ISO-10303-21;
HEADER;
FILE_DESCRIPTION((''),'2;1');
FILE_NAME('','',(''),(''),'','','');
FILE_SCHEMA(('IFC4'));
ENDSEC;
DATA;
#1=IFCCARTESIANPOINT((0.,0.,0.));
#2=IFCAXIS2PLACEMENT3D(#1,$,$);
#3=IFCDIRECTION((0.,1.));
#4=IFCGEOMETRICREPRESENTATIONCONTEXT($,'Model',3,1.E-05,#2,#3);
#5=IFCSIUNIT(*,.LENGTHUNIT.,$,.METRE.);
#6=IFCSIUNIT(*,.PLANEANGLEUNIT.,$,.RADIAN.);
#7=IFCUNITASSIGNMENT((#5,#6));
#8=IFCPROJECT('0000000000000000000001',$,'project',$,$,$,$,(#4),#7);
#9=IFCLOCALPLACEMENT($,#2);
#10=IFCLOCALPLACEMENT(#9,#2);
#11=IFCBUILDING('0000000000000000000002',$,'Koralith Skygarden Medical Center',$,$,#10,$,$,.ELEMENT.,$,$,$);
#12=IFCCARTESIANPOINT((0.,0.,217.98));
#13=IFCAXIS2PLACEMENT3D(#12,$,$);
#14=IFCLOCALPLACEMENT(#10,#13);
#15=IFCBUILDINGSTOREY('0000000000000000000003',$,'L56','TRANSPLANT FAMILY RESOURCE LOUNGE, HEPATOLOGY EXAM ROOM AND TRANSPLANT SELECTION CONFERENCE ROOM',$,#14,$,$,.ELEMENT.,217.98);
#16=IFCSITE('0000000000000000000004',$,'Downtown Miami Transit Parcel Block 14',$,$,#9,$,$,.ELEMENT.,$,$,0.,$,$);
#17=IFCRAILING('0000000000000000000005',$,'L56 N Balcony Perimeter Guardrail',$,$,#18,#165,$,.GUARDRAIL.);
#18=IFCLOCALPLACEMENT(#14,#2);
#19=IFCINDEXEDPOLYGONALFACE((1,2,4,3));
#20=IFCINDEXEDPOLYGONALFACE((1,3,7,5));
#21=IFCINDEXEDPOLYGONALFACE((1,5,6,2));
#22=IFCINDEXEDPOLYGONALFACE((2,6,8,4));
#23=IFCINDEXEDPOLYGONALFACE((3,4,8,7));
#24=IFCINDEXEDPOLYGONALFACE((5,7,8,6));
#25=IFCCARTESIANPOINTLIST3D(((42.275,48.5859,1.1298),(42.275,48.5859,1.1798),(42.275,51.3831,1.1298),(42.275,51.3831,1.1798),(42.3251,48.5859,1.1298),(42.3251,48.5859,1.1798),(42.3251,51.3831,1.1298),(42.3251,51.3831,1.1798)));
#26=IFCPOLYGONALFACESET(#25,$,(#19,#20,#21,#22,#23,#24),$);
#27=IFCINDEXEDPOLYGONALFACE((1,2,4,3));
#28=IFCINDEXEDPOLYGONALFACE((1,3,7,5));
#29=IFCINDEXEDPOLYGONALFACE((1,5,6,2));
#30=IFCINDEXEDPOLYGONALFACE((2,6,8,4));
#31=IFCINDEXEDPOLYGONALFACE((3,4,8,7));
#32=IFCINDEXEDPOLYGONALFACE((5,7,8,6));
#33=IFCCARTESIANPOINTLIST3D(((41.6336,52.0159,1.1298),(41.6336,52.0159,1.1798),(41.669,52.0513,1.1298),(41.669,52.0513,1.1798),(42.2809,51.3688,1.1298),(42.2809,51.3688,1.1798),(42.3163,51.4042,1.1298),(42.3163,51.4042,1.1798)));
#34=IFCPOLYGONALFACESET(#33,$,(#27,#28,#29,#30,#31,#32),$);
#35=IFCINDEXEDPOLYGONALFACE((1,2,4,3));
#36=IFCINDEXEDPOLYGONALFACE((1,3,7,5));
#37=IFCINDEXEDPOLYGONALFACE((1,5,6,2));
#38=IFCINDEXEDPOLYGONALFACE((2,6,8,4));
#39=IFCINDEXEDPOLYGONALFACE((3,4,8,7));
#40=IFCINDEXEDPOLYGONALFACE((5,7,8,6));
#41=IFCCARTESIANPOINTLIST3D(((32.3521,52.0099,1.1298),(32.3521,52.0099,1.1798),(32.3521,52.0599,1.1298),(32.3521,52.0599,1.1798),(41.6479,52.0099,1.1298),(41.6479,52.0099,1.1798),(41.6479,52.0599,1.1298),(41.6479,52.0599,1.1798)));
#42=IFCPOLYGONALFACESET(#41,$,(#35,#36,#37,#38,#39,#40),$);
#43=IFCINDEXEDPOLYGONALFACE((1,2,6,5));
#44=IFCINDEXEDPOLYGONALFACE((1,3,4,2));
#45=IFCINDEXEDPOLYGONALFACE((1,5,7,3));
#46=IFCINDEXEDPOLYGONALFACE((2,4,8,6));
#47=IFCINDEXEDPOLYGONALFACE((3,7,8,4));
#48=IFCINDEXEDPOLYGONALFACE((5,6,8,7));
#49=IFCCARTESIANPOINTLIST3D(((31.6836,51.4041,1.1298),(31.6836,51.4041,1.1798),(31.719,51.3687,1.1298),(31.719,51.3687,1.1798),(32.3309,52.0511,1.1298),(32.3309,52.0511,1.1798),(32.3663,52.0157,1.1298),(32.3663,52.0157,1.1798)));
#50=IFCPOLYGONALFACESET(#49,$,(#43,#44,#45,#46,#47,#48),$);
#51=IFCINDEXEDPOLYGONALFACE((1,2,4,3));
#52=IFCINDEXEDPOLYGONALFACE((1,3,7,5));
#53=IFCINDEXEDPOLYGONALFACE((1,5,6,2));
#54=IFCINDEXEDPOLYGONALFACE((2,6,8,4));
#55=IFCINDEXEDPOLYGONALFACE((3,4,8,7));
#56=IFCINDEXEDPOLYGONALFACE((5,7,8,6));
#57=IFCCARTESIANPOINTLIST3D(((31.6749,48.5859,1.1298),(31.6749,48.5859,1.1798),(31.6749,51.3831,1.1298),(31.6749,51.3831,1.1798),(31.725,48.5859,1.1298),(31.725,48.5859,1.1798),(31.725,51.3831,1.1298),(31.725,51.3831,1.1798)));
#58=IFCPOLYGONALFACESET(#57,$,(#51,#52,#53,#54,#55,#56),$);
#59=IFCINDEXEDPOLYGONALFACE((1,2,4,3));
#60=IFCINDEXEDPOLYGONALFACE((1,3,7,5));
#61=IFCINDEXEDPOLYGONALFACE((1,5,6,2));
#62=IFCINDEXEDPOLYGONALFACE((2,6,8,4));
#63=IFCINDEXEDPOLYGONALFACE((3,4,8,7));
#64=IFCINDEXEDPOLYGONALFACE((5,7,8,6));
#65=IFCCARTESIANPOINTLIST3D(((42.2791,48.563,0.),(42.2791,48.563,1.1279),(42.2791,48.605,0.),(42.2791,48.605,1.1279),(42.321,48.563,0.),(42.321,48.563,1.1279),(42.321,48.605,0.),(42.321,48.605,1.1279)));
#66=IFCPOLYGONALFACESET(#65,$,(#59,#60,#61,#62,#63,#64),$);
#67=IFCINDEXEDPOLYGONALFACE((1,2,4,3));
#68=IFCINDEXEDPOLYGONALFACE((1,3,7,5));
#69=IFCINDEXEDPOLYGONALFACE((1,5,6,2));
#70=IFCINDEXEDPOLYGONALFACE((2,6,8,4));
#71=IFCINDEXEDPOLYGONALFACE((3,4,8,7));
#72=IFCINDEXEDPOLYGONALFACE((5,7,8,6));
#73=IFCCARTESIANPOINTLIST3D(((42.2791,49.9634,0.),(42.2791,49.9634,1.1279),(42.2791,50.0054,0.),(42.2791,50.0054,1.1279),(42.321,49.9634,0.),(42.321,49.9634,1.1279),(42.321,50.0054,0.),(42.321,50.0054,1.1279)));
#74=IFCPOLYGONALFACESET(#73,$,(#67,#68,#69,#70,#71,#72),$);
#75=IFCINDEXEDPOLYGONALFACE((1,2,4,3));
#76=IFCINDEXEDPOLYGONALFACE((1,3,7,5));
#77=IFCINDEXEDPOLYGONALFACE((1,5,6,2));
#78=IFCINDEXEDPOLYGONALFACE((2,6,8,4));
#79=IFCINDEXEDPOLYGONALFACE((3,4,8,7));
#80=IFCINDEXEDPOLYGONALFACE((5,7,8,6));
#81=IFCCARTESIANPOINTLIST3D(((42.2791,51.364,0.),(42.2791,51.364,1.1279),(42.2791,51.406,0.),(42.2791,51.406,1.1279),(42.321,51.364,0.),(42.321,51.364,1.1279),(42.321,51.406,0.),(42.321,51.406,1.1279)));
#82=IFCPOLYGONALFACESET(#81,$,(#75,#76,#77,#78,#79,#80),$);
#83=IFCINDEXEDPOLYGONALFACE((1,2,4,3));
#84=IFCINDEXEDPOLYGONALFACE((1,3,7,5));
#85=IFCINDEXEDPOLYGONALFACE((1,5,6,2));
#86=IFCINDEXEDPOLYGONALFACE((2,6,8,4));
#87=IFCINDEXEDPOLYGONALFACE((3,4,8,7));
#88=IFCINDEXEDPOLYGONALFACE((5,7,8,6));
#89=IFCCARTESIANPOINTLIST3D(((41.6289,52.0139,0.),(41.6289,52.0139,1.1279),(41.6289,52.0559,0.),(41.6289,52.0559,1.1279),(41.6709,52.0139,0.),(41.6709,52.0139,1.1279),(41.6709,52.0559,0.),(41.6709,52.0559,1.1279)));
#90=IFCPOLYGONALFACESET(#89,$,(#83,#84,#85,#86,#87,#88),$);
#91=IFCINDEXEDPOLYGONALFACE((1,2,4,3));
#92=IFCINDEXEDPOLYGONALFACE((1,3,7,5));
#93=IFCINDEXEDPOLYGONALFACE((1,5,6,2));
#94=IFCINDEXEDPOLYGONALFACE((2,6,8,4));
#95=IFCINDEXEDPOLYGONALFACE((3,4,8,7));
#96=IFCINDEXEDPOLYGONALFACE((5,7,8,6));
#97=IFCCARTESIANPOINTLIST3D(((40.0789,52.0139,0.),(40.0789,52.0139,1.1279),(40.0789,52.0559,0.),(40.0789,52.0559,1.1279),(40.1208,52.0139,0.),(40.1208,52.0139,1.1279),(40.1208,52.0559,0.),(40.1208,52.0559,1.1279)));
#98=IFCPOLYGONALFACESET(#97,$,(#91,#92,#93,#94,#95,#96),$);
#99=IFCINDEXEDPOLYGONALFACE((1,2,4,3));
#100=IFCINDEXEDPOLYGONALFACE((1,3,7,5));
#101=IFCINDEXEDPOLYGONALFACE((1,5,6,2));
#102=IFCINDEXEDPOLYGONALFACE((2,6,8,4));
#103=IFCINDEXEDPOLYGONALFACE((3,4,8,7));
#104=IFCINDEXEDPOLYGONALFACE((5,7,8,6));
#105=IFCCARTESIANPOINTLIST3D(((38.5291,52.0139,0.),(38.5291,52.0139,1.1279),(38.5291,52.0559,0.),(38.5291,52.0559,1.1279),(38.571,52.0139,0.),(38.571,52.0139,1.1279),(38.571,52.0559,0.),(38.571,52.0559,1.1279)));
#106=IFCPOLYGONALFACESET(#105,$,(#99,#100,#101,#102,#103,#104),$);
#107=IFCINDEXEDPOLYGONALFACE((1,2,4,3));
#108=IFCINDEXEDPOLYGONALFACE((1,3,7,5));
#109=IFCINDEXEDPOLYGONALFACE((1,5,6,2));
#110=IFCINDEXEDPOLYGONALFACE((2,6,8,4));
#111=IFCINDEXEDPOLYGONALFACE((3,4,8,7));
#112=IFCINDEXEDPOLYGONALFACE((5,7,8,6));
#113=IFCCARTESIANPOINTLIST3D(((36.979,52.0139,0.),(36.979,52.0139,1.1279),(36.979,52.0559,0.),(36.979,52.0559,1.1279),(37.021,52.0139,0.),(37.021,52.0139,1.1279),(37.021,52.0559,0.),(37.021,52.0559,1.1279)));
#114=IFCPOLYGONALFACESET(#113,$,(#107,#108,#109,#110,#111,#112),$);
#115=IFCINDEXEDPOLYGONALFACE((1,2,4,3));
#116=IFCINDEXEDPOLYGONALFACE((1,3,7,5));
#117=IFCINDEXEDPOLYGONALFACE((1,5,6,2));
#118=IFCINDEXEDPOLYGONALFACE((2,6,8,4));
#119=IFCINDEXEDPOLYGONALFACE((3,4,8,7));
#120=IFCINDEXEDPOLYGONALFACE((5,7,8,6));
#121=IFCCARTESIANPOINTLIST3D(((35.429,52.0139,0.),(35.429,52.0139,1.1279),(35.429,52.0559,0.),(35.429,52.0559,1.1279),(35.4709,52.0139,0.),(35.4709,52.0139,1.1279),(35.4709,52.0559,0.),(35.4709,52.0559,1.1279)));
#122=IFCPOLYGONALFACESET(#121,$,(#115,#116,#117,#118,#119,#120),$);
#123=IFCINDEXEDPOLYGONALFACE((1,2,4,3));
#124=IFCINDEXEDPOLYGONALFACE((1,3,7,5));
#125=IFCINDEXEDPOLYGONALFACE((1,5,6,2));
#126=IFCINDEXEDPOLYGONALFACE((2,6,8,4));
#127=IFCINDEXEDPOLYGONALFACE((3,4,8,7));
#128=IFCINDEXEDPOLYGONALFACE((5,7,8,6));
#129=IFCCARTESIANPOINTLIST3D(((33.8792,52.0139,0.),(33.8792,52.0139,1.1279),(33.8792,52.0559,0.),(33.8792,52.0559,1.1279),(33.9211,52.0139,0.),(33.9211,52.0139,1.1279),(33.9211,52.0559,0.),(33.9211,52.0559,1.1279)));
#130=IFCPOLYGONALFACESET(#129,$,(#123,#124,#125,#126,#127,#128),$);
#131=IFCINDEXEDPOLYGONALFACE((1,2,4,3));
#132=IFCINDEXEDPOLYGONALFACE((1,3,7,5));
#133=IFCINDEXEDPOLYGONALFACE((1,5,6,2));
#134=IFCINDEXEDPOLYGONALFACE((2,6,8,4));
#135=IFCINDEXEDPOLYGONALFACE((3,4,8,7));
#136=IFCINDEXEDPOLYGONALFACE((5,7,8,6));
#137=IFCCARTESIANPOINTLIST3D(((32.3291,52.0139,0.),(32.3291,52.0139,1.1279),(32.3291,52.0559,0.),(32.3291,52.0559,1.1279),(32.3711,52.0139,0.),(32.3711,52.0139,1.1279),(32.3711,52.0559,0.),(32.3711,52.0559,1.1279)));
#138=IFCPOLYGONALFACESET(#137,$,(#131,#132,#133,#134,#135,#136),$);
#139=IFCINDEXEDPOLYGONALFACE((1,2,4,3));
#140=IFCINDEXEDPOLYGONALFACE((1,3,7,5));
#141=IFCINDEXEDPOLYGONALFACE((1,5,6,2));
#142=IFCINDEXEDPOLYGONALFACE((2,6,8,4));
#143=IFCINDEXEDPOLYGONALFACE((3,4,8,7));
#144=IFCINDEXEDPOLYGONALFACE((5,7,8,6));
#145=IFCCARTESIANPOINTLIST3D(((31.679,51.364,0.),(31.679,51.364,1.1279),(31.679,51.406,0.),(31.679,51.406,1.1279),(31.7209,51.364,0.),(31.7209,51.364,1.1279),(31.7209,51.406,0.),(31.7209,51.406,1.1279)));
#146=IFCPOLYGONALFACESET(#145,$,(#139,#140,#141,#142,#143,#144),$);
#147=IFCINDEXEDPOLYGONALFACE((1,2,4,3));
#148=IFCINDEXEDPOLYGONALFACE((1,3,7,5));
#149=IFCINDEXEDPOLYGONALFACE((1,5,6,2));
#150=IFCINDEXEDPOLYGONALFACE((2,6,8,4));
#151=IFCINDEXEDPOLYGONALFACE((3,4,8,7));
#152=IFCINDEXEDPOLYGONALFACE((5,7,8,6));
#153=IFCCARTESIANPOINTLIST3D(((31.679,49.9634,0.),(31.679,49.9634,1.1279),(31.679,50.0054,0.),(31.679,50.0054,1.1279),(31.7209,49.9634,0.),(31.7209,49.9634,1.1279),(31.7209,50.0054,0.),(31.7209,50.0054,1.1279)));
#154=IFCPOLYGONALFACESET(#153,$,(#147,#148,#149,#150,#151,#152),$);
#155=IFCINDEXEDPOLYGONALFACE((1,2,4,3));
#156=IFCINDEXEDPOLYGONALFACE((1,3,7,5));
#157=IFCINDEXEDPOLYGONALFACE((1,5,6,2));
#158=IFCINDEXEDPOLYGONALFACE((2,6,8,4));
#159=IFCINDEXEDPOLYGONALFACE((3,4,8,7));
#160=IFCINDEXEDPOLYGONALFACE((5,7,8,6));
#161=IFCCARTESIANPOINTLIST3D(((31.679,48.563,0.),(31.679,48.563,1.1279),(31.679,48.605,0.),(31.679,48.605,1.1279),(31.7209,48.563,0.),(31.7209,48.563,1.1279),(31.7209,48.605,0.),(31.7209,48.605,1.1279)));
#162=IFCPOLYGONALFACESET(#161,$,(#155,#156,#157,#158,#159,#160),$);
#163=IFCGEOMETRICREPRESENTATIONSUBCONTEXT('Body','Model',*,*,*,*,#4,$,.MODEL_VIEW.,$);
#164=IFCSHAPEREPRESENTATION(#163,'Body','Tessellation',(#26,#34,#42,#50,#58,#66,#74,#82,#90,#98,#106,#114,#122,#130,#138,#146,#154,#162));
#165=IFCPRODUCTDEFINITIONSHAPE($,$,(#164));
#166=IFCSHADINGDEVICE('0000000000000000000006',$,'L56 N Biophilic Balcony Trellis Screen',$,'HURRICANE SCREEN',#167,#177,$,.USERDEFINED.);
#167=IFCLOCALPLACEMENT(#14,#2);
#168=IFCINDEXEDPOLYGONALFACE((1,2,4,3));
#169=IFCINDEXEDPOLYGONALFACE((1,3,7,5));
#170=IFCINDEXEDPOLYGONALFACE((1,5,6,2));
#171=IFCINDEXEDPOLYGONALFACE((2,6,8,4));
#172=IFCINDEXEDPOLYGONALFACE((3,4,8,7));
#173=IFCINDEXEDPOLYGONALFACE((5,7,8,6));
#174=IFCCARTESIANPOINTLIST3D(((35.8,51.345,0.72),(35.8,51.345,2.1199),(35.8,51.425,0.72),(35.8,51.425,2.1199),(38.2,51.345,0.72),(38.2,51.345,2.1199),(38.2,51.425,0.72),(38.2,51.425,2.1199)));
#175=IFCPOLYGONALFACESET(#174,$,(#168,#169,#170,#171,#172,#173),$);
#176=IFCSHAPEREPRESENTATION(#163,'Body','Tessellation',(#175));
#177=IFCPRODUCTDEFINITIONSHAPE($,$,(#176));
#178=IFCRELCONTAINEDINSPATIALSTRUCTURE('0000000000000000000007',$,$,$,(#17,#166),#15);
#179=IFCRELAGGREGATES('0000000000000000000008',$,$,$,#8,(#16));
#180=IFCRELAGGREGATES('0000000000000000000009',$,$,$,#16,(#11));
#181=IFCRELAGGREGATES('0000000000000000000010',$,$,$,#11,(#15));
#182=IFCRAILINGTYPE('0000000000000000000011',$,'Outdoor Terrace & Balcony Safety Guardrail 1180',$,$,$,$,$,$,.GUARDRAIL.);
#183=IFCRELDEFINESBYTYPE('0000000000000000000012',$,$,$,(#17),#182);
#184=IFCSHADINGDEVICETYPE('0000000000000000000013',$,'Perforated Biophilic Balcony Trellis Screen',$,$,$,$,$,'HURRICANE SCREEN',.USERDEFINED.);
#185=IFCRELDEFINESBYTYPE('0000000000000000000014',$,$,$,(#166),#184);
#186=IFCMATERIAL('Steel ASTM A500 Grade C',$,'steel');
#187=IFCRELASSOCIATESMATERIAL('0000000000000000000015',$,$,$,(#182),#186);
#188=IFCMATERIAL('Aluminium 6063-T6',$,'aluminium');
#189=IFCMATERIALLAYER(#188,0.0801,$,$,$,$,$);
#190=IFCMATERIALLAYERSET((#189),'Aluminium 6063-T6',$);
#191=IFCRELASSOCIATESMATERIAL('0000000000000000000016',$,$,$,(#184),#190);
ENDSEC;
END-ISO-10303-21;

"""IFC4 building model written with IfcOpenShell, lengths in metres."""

from ifc_helpers import new_model, si_unit, direction, frame, origin, origin_2d, place, context, subcontext, project, spatial, rectangle, extrude, material, layer, layer_set, type_object, element, save


model = new_model("IFC4")

# Units and contexts
model_context = context("Model", 3, precision=1e-05, world=origin(), true_north=direction((0.0, 1.0)))
body_context = subcontext(model_context, "Body", "Model", "MODEL_VIEW")
ifc_project = project(units=[si_unit("LENGTHUNIT", "METRE"), si_unit("PLANEANGLEUNIT", "RADIAN")], contexts=[model_context])

# Site, building, storey
site_placement = place(None, origin())
site = spatial("IfcSite", under=ifc_project, at=site_placement, Name="Downtown Miami Transit Parcel Block 14", CompositionType="ELEMENT", RefElevation=0.0)
building_placement = place(site_placement, origin())
building = spatial("IfcBuilding", under=site, at=building_placement, Name="Koralith Skygarden Medical Center", CompositionType="ELEMENT")
storey_placement = place(building_placement, frame((0.0, 0.0, 217.98)))
storey = spatial("IfcBuildingStorey", under=building, at=storey_placement, Name="L56", Description="TRANSPLANT FAMILY RESOURCE LOUNGE, HEPATOLOGY EXAM ROOM AND TRANSPLANT SELECTION CONFERENCE ROOM", CompositionType="ELEMENT", Elevation=217.98)

# Shared definitions
ifc_material_1 = material(Name="Aluminium 6063-T6", Category="aluminium")

# Shared definitions
ifc_material_2 = material(Name="Steel ASTM A500 Grade C", Category="steel")

# Railing
railing_type = type_object("IfcRailingType", Name="Outdoor Terrace & Balcony Safety Guardrail 1180", PredefinedType="GUARDRAIL", material=ifc_material_2)
railing_placement = place(storey_placement, frame((42.3, 48.584, 0.0)))
element("IfcRailing", 1, at=railing_placement, inside=storey, type_object=railing_type, Name="L56 N Balcony Perimeter Guardrail", PredefinedType="GUARDRAIL", context=body_context, shape_type="SweptSolid", body=[
    extrude(rectangle(XDim=0.05, YDim=0.05, at=origin_2d()), frame((0.0, 0.002, 1.1548), z_axis=(0.0, 1.0, 0.0), x_axis=(-1.0, 0.0, 0.0)), (0.0, 0.0, 1.0), 2.7971),
    extrude(rectangle(XDim=0.05, YDim=0.05, at=origin_2d()), frame((-0.0015, 2.8025, 1.1548), z_axis=(-0.70724, 0.706974, 0.0), x_axis=(-0.706974, -0.70724, 0.0)), (0.0, 0.0, 1.0), 0.9153),
    extrude(rectangle(XDim=0.05, YDim=0.05, at=origin_2d()), frame((-0.6521, 3.4509, 1.1548), z_axis=(-1.0, 0.0, 0.0), x_axis=(0.0, -1.0, 0.0)), (0.0, 0.0, 1.0), 9.2959),
    extrude(rectangle(XDim=0.05, YDim=0.05, at=origin_2d()), frame((-9.9514, 3.4495, 1.1548), z_axis=(-0.70724, -0.706974, 0.0), x_axis=(0.706974, -0.70724, 0.0)), (0.0, 0.0, 1.0), 0.9153),
    extrude(rectangle(XDim=0.05, YDim=0.05, at=origin_2d()), frame((-10.6001, 2.7991, 1.1548), z_axis=(0.0, -1.0, 0.0), x_axis=(1.0, 0.0, 0.0)), (0.0, 0.0, 1.0), 2.7971),
    extrude(rectangle(XDim=0.042, YDim=0.042, at=origin_2d()), origin(), (0.0, 0.0, 1.0), 1.1279),
    extrude(rectangle(XDim=0.042, YDim=0.042, at=origin_2d()), frame((0.0, 1.4004, 0.0)), (0.0, 0.0, 1.0), 1.1279),
    extrude(rectangle(XDim=0.042, YDim=0.042, at=origin_2d()), frame((0.0, 2.801, 0.0)), (0.0, 0.0, 1.0), 1.1279),
    extrude(rectangle(XDim=0.042, YDim=0.042, at=origin_2d()), frame((-0.6501, 3.4509, 0.0)), (0.0, 0.0, 1.0), 1.1279),
    extrude(rectangle(XDim=0.042, YDim=0.042, at=origin_2d()), frame((-2.2002, 3.4509, 0.0)), (0.0, 0.0, 1.0), 1.1279),
    extrude(rectangle(XDim=0.042, YDim=0.042, at=origin_2d()), frame((-3.75, 3.4509, 0.0)), (0.0, 0.0, 1.0), 1.1279),
    extrude(rectangle(XDim=0.042, YDim=0.042, at=origin_2d()), frame((-5.3, 3.4509, 0.0)), (0.0, 0.0, 1.0), 1.1279),
    extrude(rectangle(XDim=0.042, YDim=0.042, at=origin_2d()), frame((-6.8501, 3.4509, 0.0)), (0.0, 0.0, 1.0), 1.1279),
    extrude(rectangle(XDim=0.042, YDim=0.042, at=origin_2d()), frame((-8.3999, 3.4509, 0.0)), (0.0, 0.0, 1.0), 1.1279),
    extrude(rectangle(XDim=0.042, YDim=0.042, at=origin_2d()), frame((-9.95, 3.4509, 0.0)), (0.0, 0.0, 1.0), 1.1279),
    extrude(rectangle(XDim=0.042, YDim=0.042, at=origin_2d()), frame((-10.6001, 2.801, 0.0)), (0.0, 0.0, 1.0), 1.1279),
    extrude(rectangle(XDim=0.042, YDim=0.042, at=origin_2d()), frame((-10.6001, 1.4004, 0.0)), (0.0, 0.0, 1.0), 1.1279),
    extrude(rectangle(XDim=0.042, YDim=0.042, at=origin_2d()), frame((-10.6001, 0.0, 0.0)), (0.0, 0.0, 1.0), 1.1279),
])

# Shading device
ifc_layer_1 = layer(ifc_material_1, 0.0801)
ifc_layer_set_1 = layer_set([ifc_layer_1], Name="Aluminium 6063-T6")
shading_device_type = type_object("IfcShadingDeviceType", Name="Perforated Biophilic Balcony Trellis Screen", ElementType="HURRICANE SCREEN", PredefinedType="USERDEFINED", material=ifc_layer_set_1)
shading_device_placement = place(storey_placement, frame((37.0, 51.385, 0.72), z_axis=(0.0, 0.0, 1.0), x_axis=(1.0, 0.0, 0.0)))
element("IfcShadingDevice", 2, at=shading_device_placement, inside=storey, type_object=shading_device_type, Name="L56 N Biophilic Balcony Trellis Screen", ObjectType="HURRICANE SCREEN", PredefinedType="USERDEFINED", context=body_context, shape_type="SweptSolid", body=[
    extrude(rectangle(XDim=2.3999, YDim=0.0801, at=origin_2d()), origin(), (0.0, 0.0, 1.0), 1.3999),
])

save(model, "model.ifc")
